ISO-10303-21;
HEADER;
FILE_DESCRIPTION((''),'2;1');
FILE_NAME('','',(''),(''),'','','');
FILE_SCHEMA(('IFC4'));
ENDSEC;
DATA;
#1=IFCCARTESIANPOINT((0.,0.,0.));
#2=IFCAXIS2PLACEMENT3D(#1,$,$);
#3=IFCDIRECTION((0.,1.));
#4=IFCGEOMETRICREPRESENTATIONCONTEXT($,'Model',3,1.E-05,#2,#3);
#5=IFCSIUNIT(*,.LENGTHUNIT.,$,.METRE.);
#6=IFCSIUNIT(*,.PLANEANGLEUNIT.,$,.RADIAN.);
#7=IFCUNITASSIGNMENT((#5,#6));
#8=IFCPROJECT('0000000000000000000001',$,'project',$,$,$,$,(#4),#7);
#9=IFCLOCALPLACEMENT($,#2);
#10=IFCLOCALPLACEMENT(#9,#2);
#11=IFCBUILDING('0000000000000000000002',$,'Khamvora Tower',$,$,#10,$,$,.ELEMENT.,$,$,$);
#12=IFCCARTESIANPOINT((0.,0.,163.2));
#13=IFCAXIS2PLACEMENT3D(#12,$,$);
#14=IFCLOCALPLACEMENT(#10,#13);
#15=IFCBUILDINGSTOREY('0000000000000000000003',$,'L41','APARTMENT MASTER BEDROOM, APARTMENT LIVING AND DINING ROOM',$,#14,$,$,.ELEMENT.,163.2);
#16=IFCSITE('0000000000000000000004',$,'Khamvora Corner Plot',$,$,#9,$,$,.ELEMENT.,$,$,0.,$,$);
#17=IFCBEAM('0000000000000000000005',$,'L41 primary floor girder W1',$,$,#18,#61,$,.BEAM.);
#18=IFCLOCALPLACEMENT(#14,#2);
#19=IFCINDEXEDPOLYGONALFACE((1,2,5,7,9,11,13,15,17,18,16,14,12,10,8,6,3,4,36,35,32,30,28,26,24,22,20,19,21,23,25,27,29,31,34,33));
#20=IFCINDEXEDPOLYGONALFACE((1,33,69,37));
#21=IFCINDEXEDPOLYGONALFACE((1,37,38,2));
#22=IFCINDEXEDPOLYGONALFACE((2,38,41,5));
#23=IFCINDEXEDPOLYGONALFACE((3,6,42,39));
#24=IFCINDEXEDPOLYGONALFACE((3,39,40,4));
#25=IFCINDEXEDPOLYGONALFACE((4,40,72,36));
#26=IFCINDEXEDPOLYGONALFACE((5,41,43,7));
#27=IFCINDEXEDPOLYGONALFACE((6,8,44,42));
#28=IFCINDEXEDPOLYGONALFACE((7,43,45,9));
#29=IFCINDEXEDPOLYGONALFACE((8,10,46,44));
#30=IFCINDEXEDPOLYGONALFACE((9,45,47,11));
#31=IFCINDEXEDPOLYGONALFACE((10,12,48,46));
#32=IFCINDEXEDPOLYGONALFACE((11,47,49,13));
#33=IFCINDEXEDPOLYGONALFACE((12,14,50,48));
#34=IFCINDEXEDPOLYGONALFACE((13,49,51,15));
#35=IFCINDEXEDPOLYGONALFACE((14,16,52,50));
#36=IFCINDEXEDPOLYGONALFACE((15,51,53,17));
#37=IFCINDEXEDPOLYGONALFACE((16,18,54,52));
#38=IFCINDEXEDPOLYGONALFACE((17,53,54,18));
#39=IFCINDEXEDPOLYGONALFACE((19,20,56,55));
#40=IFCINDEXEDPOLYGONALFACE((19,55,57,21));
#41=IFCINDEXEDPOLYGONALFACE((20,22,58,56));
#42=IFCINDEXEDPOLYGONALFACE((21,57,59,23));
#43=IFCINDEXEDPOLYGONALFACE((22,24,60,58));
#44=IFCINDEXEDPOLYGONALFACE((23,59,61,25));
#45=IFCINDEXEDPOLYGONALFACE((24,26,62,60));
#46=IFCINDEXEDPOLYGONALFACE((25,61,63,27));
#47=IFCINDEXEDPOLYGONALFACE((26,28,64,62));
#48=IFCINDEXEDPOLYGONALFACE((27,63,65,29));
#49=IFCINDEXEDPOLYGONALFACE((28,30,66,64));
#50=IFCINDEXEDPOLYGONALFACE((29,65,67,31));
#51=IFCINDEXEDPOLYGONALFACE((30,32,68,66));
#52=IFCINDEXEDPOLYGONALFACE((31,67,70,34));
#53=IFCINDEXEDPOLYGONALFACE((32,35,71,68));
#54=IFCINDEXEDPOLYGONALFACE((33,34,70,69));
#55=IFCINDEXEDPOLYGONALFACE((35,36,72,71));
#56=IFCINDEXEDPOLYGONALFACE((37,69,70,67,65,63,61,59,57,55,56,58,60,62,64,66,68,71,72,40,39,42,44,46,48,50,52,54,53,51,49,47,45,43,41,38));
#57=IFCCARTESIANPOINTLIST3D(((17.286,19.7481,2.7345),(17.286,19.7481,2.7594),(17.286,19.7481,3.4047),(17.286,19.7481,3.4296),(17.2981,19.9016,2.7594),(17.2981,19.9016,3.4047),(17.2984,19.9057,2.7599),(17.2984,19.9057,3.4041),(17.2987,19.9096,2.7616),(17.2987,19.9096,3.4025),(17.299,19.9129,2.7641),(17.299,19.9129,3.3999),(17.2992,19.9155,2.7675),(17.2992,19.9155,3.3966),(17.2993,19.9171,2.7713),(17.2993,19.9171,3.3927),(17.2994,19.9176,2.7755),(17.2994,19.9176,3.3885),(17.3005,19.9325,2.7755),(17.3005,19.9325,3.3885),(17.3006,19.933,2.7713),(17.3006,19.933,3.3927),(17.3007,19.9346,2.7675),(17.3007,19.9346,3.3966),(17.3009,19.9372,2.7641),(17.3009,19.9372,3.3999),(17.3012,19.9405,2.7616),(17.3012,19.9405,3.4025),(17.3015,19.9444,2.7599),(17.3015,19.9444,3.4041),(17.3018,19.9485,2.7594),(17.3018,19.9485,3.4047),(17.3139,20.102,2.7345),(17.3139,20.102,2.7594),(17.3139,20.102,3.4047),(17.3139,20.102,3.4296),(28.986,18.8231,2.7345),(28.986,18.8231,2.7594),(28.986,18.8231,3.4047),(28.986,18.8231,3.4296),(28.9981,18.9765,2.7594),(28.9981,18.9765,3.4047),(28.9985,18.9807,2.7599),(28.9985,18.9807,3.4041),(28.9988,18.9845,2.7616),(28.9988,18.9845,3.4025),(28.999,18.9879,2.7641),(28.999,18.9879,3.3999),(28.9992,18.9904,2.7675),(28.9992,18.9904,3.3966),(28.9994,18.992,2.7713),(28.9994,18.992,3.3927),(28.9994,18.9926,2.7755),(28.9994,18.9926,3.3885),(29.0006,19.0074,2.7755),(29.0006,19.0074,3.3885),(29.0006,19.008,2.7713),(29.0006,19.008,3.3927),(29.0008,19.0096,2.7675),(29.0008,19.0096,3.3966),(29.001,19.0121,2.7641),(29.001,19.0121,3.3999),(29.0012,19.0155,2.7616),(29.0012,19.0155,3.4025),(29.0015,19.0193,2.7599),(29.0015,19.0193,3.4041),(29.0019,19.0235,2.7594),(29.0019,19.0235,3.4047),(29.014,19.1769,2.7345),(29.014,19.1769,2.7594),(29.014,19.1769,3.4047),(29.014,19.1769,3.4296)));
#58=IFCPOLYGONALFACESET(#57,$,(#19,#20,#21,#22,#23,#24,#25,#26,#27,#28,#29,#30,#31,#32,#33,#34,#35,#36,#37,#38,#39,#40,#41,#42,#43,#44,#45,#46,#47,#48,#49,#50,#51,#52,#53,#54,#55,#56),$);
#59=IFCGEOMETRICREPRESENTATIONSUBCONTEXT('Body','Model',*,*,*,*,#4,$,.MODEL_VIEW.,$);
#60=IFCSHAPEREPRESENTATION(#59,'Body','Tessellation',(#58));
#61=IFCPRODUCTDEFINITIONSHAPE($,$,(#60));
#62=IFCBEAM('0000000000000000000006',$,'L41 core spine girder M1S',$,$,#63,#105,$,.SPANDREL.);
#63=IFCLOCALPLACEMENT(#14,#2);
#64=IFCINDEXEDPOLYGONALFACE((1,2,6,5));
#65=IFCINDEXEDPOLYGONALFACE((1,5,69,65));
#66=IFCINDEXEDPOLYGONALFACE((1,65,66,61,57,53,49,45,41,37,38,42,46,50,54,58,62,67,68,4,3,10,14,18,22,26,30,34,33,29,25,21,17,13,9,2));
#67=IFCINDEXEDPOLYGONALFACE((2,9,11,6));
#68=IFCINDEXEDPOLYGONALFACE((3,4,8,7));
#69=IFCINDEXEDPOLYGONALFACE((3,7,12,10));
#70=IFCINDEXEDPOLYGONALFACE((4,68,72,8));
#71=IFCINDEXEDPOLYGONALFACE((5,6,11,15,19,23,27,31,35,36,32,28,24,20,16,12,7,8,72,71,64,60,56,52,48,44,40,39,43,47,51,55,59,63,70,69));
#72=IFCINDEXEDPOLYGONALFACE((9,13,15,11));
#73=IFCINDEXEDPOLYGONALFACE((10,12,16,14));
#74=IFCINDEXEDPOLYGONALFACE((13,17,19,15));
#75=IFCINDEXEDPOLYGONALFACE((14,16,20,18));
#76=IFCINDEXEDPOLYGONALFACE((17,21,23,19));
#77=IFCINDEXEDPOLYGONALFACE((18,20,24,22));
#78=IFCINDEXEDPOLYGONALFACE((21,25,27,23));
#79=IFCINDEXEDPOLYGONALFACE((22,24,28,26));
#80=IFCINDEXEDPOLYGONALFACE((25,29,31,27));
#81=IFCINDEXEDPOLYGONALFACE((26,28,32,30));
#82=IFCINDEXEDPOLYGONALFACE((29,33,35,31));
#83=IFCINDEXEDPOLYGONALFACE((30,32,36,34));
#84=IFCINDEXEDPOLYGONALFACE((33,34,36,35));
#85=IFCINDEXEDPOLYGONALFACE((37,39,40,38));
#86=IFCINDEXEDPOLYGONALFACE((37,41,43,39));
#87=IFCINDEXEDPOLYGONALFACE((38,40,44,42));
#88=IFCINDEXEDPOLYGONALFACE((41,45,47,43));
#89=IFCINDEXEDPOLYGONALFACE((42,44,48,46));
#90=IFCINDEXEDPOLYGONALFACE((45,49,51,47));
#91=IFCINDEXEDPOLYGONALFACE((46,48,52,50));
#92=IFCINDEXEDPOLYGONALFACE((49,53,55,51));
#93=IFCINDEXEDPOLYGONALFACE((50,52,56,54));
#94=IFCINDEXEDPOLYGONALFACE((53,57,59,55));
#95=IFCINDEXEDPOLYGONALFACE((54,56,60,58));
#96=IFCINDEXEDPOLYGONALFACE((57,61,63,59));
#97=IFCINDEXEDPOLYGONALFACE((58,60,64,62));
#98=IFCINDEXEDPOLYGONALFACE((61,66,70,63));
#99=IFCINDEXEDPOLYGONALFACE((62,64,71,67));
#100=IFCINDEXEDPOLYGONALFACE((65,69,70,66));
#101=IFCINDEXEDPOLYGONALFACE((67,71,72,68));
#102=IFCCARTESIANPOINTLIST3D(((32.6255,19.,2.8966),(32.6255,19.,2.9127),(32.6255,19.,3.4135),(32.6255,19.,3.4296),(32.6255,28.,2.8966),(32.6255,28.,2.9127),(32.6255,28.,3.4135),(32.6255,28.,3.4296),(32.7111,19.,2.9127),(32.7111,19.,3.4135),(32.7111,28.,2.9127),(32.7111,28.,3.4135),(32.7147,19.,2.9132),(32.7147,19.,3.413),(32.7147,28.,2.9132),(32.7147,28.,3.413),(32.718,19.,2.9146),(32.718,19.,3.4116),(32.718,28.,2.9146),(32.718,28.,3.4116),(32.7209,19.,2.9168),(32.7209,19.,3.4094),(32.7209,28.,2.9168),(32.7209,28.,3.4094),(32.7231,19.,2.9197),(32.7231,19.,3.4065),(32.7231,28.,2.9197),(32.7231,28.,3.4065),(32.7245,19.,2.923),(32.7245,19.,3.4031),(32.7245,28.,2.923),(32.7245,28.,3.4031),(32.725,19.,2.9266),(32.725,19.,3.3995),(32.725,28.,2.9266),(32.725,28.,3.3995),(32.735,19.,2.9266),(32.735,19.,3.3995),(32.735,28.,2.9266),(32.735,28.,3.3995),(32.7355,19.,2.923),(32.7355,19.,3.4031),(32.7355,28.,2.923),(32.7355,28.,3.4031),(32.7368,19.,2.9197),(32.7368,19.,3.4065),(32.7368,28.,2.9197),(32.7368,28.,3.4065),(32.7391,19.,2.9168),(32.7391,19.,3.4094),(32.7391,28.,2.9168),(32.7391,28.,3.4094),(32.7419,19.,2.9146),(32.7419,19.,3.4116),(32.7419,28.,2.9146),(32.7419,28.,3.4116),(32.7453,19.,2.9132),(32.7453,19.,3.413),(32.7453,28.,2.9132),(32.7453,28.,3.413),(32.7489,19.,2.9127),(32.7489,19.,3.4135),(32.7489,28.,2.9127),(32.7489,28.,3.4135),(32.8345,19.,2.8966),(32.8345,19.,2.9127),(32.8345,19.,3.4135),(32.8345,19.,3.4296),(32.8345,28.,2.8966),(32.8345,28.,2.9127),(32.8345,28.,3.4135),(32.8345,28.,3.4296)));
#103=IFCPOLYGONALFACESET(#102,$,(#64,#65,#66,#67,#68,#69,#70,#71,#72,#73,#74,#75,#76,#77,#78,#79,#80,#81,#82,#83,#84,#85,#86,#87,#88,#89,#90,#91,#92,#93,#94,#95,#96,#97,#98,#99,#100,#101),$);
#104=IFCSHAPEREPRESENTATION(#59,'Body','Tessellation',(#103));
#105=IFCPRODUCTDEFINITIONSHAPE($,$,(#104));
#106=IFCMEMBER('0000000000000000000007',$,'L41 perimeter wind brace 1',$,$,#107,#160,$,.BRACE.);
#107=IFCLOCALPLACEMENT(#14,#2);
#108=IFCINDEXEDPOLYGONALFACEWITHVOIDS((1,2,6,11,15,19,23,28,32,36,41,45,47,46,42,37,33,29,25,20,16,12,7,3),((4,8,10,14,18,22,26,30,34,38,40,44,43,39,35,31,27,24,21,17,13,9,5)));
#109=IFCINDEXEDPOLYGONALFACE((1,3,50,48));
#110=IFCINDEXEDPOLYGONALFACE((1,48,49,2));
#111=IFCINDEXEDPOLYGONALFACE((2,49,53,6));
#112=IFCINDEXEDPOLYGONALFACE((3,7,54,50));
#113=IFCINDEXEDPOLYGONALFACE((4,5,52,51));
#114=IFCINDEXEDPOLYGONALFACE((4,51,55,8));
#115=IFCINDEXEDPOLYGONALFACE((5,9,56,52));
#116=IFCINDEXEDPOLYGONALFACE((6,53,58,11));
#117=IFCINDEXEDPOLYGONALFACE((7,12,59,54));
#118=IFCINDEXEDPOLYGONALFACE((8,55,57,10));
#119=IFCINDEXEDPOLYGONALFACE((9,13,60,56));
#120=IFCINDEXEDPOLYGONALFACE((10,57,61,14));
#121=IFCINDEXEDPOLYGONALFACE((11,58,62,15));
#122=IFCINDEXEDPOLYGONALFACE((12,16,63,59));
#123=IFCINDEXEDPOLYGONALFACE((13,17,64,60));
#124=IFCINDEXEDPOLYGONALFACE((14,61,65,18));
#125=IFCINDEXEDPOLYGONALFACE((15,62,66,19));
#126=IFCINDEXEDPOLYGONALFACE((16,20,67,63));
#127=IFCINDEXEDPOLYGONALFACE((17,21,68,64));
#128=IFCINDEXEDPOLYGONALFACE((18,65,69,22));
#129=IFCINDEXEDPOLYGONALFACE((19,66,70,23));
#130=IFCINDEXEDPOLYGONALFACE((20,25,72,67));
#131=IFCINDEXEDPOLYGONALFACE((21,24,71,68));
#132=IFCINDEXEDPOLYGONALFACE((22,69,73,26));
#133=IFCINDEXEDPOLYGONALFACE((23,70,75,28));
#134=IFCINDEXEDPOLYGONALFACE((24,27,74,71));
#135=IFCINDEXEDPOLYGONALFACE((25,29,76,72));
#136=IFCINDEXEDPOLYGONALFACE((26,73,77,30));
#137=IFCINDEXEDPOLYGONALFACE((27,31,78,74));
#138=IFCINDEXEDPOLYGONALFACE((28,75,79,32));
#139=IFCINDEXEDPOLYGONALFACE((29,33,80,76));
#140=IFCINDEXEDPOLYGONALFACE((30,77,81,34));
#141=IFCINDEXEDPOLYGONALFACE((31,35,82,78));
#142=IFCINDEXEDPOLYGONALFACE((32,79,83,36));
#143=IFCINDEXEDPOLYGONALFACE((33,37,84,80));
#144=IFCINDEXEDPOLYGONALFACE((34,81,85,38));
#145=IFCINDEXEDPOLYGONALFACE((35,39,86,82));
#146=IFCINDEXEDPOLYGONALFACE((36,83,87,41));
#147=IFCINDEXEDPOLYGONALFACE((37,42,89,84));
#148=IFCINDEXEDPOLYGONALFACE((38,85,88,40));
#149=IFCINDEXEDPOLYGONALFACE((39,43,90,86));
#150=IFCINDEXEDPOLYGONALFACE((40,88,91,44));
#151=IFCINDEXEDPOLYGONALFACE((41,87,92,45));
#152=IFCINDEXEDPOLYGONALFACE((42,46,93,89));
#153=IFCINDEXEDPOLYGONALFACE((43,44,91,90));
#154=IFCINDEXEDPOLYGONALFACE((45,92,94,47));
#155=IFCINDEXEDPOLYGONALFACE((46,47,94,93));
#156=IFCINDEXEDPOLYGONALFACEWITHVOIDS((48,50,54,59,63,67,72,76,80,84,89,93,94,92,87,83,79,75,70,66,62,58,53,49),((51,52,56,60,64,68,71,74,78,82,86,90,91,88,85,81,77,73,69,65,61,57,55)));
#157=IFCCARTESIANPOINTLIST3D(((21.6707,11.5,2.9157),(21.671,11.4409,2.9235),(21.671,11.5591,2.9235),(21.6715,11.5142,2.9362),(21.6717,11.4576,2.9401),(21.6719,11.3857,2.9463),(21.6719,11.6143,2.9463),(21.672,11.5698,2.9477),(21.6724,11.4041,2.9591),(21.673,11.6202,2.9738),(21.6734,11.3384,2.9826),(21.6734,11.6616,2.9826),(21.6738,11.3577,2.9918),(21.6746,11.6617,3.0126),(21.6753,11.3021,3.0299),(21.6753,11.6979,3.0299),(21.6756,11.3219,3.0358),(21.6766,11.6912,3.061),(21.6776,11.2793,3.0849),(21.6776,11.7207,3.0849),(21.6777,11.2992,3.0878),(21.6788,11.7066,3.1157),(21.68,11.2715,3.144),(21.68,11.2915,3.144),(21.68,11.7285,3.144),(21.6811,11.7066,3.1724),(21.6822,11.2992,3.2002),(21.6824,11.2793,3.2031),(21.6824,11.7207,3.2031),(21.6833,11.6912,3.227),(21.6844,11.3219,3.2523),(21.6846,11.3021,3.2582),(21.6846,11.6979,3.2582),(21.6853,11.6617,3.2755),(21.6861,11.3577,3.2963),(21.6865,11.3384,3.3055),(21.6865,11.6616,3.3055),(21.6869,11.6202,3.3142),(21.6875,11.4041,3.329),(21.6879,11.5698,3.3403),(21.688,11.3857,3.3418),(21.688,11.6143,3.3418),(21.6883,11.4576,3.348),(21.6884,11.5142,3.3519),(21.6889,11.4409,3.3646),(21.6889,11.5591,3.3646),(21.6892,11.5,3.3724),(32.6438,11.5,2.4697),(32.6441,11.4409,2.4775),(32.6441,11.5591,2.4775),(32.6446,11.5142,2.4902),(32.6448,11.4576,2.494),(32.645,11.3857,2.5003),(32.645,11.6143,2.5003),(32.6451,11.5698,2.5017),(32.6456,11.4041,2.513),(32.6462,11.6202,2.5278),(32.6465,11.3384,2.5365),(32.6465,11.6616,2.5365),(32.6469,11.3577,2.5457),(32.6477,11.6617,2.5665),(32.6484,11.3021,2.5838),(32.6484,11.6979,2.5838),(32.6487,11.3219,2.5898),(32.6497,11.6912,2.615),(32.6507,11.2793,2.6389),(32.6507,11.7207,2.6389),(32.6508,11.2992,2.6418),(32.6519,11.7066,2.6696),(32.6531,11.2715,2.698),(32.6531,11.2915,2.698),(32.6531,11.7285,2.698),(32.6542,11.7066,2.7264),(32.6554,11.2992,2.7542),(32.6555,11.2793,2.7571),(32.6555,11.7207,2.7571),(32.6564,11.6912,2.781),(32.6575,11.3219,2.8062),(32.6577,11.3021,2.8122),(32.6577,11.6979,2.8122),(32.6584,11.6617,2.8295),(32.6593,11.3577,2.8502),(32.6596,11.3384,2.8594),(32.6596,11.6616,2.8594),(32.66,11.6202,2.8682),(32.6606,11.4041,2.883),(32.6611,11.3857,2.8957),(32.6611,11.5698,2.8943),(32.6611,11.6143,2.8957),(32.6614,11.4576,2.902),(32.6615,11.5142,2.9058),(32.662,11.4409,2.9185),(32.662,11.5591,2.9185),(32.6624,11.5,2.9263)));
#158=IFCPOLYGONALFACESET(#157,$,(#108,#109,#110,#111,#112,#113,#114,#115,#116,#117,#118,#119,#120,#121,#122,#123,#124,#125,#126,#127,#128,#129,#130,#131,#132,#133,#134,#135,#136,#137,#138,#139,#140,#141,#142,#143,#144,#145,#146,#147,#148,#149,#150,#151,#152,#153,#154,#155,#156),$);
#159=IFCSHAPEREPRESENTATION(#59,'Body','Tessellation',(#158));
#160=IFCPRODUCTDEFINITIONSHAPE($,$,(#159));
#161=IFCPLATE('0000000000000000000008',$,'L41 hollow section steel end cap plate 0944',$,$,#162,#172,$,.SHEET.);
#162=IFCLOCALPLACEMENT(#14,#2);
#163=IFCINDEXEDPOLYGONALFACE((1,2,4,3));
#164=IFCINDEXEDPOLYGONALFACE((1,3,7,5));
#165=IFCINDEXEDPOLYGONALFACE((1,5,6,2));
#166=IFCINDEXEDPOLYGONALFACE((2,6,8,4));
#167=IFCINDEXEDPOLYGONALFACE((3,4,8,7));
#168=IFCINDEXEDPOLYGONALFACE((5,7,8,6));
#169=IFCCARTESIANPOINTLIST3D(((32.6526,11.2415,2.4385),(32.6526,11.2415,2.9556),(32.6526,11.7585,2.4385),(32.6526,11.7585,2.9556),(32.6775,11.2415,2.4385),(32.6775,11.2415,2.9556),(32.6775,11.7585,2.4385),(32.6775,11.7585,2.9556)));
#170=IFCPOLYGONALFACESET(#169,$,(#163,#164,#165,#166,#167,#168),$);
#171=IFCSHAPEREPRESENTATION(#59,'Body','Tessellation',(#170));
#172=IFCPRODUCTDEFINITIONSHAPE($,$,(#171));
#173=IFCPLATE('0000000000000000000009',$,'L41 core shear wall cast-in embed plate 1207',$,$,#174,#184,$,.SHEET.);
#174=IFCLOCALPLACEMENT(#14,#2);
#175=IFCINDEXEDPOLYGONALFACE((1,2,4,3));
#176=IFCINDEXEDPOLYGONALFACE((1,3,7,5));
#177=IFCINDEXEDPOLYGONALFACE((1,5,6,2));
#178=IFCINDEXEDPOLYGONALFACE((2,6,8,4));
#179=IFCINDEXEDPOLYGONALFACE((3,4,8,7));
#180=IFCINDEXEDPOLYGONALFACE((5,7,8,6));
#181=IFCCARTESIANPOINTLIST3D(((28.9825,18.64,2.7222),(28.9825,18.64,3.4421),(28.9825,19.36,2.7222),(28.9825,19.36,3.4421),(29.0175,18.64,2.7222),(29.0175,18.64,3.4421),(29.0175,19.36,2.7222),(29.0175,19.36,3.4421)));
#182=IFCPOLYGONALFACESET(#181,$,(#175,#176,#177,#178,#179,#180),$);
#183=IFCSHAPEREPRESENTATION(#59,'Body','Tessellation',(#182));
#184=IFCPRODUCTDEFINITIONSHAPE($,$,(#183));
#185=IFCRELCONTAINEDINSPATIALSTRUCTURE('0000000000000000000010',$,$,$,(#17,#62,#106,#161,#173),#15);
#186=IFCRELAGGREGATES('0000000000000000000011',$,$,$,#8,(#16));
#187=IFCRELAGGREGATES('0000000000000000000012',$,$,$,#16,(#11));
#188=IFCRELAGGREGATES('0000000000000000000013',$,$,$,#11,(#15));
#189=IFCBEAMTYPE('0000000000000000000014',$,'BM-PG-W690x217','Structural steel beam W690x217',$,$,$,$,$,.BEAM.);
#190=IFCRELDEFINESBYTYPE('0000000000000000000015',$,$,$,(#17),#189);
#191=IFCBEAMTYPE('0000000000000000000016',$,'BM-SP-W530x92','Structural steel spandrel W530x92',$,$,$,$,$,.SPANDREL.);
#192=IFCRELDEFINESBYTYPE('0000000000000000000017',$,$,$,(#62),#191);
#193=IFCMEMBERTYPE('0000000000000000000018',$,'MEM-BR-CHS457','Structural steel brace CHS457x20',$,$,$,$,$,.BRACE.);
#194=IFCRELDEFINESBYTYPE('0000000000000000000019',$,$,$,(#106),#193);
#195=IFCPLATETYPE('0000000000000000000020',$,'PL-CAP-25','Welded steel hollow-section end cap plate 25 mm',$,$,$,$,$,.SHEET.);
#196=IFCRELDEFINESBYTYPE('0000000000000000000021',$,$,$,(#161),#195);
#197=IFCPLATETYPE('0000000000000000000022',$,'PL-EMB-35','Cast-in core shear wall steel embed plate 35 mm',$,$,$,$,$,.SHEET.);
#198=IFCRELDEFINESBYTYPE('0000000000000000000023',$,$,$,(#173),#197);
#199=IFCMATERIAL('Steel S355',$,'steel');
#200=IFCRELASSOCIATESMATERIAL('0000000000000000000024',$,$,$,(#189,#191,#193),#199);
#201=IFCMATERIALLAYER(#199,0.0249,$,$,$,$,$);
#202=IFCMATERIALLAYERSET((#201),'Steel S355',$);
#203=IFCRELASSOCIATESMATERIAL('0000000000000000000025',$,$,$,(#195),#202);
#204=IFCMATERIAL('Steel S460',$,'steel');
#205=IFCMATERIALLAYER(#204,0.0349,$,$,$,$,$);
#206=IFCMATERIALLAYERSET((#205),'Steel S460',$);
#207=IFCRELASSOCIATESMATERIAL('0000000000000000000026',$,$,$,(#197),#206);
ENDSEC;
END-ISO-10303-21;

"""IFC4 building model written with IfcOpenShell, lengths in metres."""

from ifc_helpers import new_model, si_unit, direction, frame, origin, origin_2d, place, context, subcontext, project, spatial, rectangle, hollow_circle, i_section, extrude, material, layer, layer_set, material_profile, profile_set, type_object, element, save


model = new_model("IFC4")

# Units and contexts
model_context = context("Model", 3, precision=1e-05, world=origin(), true_north=direction((0.0, 1.0)))
body_context = subcontext(model_context, "Body", "Model", "MODEL_VIEW")
ifc_project = project(units=[si_unit("LENGTHUNIT", "METRE"), si_unit("PLANEANGLEUNIT", "RADIAN")], contexts=[model_context])

# Site, building, storey
site_placement = place(None, origin())
site = spatial("IfcSite", under=ifc_project, at=site_placement, Name="Khamvora Corner Plot", CompositionType="ELEMENT", RefElevation=0.0)
building_placement = place(site_placement, origin())
building = spatial("IfcBuilding", under=site, at=building_placement, Name="Khamvora Tower", CompositionType="ELEMENT")
storey_placement = place(building_placement, frame((0.0, 0.0, 163.2)))
storey = spatial("IfcBuildingStorey", under=building, at=storey_placement, Name="L41", Description="APARTMENT MASTER BEDROOM, APARTMENT LIVING AND DINING ROOM", CompositionType="ELEMENT", Elevation=163.2)

# Shared definitions
ifc_material_1 = material(Name="Steel S460", Category="steel")
ifc_material_2 = material(Name="Steel S355", Category="steel")

# Beams
ifc_material_profile_1 = material_profile(ifc_material_2, i_section(OverallWidth=0.355, OverallDepth=0.6951, WebThickness=0.0149, FlangeThickness=0.0249, FilletRadius=0.0161, at=origin_2d()), Name="W690x217")
ifc_profile_set_1 = profile_set([ifc_material_profile_1], Name="Steel S355")
beam_type_1 = type_object("IfcBeamType", Name="BM-PG-W690x217", Description="Structural steel beam W690x217", PredefinedType="BEAM", material=ifc_profile_set_1)
beam_1_placement = place(storey_placement, frame((29.0, 19.0, 3.082), z_axis=(-0.996889, 0.078818, 0.0), x_axis=(-0.078818, -0.996889, 0.0)))
element("IfcBeam", 1, at=beam_1_placement, inside=storey, type_object=beam_type_1, Name="L41 primary floor girder W1", PredefinedType="BEAM", context=body_context, shape_type="SweptSolid", body=[
    extrude(i_section(OverallWidth=0.355, OverallDepth=0.6951, WebThickness=0.0149, FlangeThickness=0.0249, FilletRadius=0.0161, at=origin_2d()), origin(), (0.0, 0.0, 1.0), 11.7366),
])
ifc_material_profile_2 = material_profile(ifc_material_2, i_section(OverallWidth=0.209, OverallDepth=0.533, WebThickness=0.01, FlangeThickness=0.0161, FilletRadius=0.0139, at=origin_2d()), Name="W530x92")
ifc_profile_set_2 = profile_set([ifc_material_profile_2], Name="Steel S355")
beam_type_2 = type_object("IfcBeamType", Name="BM-SP-W530x92", Description="Structural steel spandrel W530x92", PredefinedType="SPANDREL", material=ifc_profile_set_2)
beam_2_placement = place(storey_placement, frame((32.73, 19.0, 3.1631), z_axis=(0.0, 1.0, 0.0), x_axis=(-1.0, 0.0, 0.0)))
element("IfcBeam", 2, at=beam_2_placement, inside=storey, type_object=beam_type_2, Name="L41 core spine girder M1S", PredefinedType="SPANDREL", context=body_context, shape_type="SweptSolid", body=[
    extrude(i_section(OverallWidth=0.209, OverallDepth=0.533, WebThickness=0.01, FlangeThickness=0.0161, FilletRadius=0.0139, at=origin_2d()), origin(), (0.0, 0.0, 1.0), 9.0),
])

# Member
ifc_material_profile_3 = material_profile(ifc_material_2, hollow_circle(Radius=0.2285, WallThickness=0.02, at=origin_2d()), Name="CHS457x20")
ifc_profile_set_3 = profile_set([ifc_material_profile_3], Name="Steel S355")
member_type = type_object("IfcMemberType", Name="MEM-BR-CHS457", Description="Structural steel brace CHS457x20", PredefinedType="BRACE", material=ifc_profile_set_3)
member_placement = place(storey_placement, frame((32.6531, 11.5, 2.698), z_axis=(-0.999175, 0.0, 0.040615), x_axis=(0.0, -1.0, 0.0)))
element("IfcMember", 3, at=member_placement, inside=storey, type_object=member_type, Name="L41 perimeter wind brace 1", PredefinedType="BRACE", context=body_context, shape_type="SweptSolid", body=[
    extrude(hollow_circle(Radius=0.2285, WallThickness=0.02, at=origin_2d()), origin(), (0.0, 0.0, 1.0), 10.9822),
])

# Plates
ifc_layer_1 = layer(ifc_material_2, 0.0249)
ifc_layer_set_1 = layer_set([ifc_layer_1], Name="Steel S355")
plate_type_1 = type_object("IfcPlateType", Name="PL-CAP-25", Description="Welded steel hollow-section end cap plate 25 mm", PredefinedType="SHEET", material=ifc_layer_set_1)
plate_1_placement = place(storey_placement, frame((32.665, 11.5, 2.4385), z_axis=(0.0, 0.0, 1.0), x_axis=(-1.0, 0.0, 0.0)))
element("IfcPlate", 4, at=plate_1_placement, inside=storey, type_object=plate_type_1, Name="L41 hollow section steel end cap plate 0944", PredefinedType="SHEET", context=body_context, shape_type="SweptSolid", body=[
    extrude(rectangle(XDim=0.0249, YDim=0.5171, at=origin_2d()), origin(), (0.0, 0.0, 1.0), 0.5171),
])
ifc_layer_2 = layer(ifc_material_1, 0.0349)
ifc_layer_set_2 = layer_set([ifc_layer_2], Name="Steel S460")
plate_type_2 = type_object("IfcPlateType", Name="PL-EMB-35", Description="Cast-in core shear wall steel embed plate 35 mm", PredefinedType="SHEET", material=ifc_layer_set_2)
plate_2_placement = place(storey_placement, frame((29.0, 19.0, 2.7222), z_axis=(0.0, 0.0, 1.0), x_axis=(1.0, 0.0, 0.0)))
element("IfcPlate", 5, at=plate_2_placement, inside=storey, type_object=plate_type_2, Name="L41 core shear wall cast-in embed plate 1207", PredefinedType="SHEET", context=body_context, shape_type="SweptSolid", body=[
    extrude(rectangle(XDim=0.0349, YDim=0.72, at=origin_2d()), origin(), (0.0, 0.0, 1.0), 0.72),
])

save(model, "model.ifc")
